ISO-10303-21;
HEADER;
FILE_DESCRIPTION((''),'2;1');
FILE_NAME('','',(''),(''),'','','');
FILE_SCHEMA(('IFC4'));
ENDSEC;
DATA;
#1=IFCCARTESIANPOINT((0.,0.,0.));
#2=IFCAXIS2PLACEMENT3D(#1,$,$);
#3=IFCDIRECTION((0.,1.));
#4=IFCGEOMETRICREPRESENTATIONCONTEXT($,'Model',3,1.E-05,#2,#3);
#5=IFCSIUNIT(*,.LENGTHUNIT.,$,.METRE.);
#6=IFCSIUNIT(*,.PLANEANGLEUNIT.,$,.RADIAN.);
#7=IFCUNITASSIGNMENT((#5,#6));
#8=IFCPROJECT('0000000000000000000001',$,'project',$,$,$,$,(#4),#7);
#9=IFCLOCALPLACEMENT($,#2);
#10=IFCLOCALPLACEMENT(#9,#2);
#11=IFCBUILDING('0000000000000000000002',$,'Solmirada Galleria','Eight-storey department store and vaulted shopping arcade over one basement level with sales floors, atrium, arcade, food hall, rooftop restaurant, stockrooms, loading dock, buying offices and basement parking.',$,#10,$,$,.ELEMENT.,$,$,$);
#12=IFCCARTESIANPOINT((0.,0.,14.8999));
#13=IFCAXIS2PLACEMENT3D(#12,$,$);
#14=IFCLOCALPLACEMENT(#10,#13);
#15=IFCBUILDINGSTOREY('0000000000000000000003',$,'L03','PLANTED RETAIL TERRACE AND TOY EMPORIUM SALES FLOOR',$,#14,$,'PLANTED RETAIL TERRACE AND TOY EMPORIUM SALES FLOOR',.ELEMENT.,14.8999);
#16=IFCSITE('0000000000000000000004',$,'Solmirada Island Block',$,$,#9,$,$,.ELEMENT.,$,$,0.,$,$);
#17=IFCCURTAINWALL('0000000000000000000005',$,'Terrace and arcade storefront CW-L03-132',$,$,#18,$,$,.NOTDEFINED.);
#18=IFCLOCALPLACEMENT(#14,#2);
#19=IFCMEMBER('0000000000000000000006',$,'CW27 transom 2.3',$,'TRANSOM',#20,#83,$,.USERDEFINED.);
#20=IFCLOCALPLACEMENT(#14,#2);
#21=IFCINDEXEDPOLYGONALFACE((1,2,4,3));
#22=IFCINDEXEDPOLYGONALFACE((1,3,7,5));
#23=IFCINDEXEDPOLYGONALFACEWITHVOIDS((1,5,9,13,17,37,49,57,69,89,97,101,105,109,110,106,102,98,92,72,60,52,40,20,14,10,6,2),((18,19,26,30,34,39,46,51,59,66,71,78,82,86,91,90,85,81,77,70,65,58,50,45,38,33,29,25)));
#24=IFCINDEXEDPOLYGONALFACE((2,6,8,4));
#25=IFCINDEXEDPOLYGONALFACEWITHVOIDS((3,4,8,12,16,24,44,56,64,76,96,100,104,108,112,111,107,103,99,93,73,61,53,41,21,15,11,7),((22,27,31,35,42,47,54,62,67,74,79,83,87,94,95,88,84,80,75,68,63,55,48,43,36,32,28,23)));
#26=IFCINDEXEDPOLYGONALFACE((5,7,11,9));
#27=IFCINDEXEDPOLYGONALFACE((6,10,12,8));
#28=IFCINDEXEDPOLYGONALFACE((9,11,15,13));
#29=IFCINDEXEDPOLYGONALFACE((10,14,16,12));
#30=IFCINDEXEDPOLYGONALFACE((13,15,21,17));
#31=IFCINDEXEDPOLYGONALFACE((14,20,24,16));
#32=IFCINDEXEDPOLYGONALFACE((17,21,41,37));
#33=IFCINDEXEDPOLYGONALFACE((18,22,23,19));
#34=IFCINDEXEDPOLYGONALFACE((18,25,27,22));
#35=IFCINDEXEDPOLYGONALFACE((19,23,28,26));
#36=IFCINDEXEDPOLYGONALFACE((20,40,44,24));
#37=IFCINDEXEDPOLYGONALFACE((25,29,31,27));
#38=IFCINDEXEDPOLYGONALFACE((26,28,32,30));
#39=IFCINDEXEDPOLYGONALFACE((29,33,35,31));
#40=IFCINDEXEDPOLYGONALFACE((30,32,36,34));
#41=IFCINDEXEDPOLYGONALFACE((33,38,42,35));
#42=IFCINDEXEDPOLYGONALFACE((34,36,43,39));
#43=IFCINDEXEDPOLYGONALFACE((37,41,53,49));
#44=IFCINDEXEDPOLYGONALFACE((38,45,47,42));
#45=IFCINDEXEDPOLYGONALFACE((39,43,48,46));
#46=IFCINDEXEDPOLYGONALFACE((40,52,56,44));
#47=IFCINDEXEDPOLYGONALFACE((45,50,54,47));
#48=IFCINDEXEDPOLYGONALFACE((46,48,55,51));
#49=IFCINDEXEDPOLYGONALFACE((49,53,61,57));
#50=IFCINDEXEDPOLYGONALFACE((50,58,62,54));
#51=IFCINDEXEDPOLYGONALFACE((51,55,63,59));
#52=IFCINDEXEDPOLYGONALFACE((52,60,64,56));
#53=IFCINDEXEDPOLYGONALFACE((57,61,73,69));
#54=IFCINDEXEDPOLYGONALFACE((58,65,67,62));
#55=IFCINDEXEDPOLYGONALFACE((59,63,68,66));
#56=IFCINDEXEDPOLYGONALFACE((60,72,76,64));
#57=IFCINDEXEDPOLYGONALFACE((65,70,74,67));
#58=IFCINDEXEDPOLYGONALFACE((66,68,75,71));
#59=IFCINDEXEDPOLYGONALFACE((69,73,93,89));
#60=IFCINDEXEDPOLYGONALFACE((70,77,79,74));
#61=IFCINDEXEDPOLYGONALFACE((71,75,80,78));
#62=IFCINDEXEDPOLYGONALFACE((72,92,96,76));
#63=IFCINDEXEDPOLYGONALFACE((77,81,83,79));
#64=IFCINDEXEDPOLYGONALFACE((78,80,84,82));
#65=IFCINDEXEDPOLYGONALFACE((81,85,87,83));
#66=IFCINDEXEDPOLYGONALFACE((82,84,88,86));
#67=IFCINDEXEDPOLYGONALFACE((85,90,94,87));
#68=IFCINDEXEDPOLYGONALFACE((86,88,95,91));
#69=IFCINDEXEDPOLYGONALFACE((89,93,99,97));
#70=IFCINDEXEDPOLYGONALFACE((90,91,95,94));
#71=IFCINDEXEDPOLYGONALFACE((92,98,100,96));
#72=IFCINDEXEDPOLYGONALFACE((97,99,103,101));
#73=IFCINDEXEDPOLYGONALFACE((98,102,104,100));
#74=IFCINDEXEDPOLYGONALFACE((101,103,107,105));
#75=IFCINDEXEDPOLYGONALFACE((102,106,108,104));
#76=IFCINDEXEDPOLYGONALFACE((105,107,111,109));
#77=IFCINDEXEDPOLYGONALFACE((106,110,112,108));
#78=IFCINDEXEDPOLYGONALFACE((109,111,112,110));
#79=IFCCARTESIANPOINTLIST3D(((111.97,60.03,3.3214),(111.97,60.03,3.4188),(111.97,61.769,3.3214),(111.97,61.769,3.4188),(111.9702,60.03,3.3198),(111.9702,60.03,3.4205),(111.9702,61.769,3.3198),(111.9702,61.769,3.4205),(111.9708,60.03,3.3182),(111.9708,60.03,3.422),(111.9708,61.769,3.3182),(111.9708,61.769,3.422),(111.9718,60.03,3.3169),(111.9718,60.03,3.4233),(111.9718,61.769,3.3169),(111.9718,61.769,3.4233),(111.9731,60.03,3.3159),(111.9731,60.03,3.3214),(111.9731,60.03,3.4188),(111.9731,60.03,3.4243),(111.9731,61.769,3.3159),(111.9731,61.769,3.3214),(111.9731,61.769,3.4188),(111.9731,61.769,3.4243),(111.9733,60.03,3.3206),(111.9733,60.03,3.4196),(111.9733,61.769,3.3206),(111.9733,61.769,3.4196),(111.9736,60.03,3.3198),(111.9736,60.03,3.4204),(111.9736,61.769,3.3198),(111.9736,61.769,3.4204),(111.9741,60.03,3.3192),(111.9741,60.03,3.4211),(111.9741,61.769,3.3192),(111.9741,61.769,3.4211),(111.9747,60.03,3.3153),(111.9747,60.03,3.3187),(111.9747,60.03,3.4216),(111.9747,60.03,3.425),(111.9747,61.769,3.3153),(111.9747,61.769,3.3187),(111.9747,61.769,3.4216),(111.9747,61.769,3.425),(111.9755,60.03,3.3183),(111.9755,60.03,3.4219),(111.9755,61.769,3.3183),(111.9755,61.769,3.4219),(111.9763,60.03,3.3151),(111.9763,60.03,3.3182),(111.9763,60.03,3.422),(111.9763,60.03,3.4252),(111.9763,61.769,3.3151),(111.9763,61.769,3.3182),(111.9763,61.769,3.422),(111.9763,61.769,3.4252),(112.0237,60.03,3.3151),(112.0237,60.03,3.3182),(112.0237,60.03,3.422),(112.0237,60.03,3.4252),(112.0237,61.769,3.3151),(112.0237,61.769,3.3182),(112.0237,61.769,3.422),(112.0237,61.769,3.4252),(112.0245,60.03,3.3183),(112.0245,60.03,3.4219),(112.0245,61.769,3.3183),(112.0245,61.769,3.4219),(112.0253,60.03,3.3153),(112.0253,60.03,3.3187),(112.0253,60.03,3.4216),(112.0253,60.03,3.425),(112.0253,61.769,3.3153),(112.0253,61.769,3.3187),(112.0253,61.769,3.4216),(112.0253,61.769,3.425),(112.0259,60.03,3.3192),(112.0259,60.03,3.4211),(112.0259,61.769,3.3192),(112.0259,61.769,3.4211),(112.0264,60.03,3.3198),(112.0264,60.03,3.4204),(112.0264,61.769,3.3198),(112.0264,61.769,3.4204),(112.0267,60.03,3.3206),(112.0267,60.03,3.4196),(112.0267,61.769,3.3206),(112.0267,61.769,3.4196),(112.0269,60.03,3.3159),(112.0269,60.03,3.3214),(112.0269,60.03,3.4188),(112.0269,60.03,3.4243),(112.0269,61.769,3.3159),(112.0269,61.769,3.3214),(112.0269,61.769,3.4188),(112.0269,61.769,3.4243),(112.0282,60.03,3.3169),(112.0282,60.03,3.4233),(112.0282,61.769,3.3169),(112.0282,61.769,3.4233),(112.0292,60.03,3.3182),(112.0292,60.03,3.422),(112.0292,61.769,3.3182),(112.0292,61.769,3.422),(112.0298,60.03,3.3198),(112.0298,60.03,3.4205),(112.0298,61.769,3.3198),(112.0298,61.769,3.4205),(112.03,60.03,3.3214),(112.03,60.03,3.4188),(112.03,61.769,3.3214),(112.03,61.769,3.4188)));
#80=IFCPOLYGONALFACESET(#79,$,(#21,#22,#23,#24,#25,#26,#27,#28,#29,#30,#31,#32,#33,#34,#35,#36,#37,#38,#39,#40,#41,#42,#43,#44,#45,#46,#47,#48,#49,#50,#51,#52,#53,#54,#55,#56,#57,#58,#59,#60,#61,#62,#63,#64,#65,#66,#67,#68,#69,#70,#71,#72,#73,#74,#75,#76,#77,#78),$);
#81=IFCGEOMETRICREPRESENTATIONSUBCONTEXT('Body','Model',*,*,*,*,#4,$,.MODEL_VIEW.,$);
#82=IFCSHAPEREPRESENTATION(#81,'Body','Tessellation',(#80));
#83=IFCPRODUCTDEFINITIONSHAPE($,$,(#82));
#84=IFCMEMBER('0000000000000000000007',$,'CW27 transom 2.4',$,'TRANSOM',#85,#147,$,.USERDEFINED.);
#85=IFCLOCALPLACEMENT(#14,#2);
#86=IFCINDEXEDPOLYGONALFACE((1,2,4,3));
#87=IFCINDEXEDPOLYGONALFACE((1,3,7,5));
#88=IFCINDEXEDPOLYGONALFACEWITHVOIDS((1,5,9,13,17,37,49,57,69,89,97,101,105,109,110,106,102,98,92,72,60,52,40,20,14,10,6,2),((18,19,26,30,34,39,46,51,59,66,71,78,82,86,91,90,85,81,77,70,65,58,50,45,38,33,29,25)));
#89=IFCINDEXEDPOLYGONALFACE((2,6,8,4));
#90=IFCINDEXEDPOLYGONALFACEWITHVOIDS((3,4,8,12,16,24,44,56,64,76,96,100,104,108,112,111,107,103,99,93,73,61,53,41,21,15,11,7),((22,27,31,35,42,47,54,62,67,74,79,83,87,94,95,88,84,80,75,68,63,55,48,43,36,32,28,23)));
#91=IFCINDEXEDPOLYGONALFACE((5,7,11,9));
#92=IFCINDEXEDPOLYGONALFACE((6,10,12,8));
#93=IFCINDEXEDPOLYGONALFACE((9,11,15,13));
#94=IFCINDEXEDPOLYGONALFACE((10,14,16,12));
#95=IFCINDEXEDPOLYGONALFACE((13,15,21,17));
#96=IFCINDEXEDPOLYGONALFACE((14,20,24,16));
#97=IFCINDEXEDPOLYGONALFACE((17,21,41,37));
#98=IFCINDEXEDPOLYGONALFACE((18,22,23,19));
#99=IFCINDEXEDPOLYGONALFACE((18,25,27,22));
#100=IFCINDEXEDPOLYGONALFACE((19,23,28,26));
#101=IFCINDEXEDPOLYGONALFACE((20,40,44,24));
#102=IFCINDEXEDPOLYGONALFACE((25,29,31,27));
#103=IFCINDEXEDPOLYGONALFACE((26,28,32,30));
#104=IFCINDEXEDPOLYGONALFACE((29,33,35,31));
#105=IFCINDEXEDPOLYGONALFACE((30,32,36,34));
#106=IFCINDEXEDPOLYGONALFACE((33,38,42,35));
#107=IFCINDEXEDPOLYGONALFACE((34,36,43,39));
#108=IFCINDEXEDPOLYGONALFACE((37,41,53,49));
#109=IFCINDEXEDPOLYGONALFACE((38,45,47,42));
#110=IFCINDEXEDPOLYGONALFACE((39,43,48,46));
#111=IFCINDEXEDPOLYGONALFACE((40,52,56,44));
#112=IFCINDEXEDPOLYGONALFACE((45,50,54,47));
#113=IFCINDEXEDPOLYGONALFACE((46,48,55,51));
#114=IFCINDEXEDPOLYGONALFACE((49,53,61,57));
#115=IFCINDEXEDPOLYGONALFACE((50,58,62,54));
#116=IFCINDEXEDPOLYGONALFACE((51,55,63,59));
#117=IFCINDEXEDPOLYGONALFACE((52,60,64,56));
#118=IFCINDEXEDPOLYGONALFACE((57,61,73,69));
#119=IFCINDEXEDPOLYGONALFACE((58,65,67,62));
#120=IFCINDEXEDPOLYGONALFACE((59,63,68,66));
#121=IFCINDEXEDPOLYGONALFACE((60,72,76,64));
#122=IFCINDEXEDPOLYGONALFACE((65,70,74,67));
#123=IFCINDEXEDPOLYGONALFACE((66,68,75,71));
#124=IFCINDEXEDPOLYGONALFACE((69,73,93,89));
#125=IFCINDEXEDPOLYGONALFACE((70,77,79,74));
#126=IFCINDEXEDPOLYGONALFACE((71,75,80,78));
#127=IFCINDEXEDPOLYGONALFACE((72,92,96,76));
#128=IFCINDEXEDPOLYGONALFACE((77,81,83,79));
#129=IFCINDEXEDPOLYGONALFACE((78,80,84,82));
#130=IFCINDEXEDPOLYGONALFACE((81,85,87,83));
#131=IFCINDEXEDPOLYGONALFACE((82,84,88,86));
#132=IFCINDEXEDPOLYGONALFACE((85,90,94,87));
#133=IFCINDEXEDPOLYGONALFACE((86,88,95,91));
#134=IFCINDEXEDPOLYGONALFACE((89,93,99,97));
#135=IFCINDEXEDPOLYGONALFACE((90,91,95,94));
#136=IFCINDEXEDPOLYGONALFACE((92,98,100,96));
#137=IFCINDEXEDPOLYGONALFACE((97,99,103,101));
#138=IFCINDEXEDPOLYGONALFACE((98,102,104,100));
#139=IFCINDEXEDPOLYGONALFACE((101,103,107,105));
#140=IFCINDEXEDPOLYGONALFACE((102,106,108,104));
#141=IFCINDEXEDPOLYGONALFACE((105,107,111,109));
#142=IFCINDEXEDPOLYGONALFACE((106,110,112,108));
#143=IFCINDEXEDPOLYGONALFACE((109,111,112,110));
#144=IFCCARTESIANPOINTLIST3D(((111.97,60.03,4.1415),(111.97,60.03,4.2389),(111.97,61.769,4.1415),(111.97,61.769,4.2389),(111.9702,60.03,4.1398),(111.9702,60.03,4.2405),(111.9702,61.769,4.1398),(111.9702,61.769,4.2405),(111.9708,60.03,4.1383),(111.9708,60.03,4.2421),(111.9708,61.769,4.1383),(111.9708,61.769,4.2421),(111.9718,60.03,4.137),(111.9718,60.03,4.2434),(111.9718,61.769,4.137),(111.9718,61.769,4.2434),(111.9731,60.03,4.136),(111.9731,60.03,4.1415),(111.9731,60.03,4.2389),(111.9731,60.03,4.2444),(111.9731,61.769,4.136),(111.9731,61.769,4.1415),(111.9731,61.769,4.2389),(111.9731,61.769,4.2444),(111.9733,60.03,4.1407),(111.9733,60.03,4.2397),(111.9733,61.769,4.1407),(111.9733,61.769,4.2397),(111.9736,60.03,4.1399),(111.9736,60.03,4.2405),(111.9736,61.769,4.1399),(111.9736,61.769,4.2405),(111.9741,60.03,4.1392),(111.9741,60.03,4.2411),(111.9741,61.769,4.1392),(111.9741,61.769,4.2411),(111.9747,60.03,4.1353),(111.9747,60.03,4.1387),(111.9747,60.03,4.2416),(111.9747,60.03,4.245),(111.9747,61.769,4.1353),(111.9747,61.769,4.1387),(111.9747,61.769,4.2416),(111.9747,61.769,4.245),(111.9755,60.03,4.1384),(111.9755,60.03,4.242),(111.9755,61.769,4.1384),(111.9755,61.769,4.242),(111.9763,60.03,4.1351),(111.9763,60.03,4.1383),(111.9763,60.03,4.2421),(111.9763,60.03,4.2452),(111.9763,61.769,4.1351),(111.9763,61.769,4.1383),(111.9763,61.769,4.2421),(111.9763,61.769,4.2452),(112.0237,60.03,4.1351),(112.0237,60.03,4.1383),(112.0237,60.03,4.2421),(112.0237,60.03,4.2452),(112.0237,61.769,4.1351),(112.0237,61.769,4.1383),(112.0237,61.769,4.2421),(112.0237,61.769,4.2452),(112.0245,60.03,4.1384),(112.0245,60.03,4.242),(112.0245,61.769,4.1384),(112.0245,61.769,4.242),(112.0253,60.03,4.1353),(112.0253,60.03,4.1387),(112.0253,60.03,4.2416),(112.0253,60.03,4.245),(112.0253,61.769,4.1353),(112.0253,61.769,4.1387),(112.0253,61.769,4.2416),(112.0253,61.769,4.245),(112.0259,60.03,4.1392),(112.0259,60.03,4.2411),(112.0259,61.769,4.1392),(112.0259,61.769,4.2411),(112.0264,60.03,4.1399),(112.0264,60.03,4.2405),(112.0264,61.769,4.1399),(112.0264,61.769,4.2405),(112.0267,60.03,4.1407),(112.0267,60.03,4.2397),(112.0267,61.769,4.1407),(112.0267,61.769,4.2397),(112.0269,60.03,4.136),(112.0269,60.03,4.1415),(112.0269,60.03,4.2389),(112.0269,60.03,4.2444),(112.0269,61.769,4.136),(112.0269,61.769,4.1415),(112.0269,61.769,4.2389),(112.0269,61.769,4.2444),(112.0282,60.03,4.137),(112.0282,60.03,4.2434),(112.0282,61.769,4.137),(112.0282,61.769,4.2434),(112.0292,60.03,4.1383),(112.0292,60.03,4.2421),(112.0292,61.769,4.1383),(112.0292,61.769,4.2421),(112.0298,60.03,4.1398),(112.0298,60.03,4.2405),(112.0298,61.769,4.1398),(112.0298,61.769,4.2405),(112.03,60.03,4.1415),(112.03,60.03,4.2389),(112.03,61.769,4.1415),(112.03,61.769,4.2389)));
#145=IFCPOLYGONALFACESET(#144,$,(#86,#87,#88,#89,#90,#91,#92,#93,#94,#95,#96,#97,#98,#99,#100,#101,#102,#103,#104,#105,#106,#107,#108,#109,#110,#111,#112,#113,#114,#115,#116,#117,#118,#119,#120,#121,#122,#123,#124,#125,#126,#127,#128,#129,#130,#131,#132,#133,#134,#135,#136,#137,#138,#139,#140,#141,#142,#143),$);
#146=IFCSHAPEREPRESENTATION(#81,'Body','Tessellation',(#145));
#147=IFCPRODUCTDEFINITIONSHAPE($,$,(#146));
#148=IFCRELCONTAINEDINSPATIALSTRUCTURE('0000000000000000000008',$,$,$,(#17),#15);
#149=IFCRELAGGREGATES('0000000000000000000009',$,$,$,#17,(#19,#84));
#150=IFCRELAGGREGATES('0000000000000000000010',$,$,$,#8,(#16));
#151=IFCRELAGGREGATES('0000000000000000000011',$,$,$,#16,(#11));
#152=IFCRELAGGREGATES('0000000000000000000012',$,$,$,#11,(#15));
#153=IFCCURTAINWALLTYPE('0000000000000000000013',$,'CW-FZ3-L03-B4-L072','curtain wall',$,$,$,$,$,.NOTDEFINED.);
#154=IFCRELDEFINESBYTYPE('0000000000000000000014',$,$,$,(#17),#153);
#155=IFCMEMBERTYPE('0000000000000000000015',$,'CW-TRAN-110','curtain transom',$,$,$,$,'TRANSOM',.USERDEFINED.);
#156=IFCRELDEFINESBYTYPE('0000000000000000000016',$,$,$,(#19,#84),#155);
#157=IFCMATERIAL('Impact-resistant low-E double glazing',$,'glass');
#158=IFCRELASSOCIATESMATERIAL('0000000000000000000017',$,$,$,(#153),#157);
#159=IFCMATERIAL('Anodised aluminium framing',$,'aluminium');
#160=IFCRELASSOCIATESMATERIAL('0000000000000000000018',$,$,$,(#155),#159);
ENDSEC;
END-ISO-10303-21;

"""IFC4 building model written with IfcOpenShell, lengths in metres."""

from ifc_helpers import new_model, si_unit, direction, frame, origin, origin_2d, place, context, subcontext, project, spatial, hollow_rectangle, extrude, material, material_profile, profile_set, type_object, element, aggregate, save


model = new_model("IFC4")

# Units and contexts
model_context = context("Model", 3, precision=1e-05, world=origin(), true_north=direction((0.0, 1.0)))
body_context = subcontext(model_context, "Body", "Model", "MODEL_VIEW")
ifc_project = project(units=[si_unit("LENGTHUNIT", "METRE"), si_unit("PLANEANGLEUNIT", "RADIAN")], contexts=[model_context])

# Site, building, storey
site_placement = place(None, origin())
site = spatial("IfcSite", under=ifc_project, at=site_placement, Name="Solmirada Island Block", CompositionType="ELEMENT", RefElevation=0.0)
building_placement = place(site_placement, origin())
building = spatial("IfcBuilding", under=site, at=building_placement, Name="Solmirada Galleria", Description="Eight-storey department store and vaulted shopping arcade over one basement level with sales floors, atrium, arcade, food hall, rooftop restaurant, stockrooms, loading dock, buying offices and basement parking.", CompositionType="ELEMENT")
storey_placement = place(building_placement, frame((0.0, 0.0, 14.8999)))
storey = spatial("IfcBuildingStorey", under=building, at=storey_placement, Name="L03", Description="PLANTED RETAIL TERRACE AND TOY EMPORIUM SALES FLOOR", LongName="PLANTED RETAIL TERRACE AND TOY EMPORIUM SALES FLOOR", CompositionType="ELEMENT", Elevation=14.8999)

# Curtain wall, members
ifc_material_1 = material(Name="Impact-resistant low-E double glazing", Category="glass")
curtain_wall_type = type_object("IfcCurtainWallType", Name="CW-FZ3-L03-B4-L072", Description="curtain wall", PredefinedType="NOTDEFINED", material=ifc_material_1)
curtain_wall_placement = place(storey_placement, origin())
curtain_wall = element("IfcCurtainWall", 1, at=curtain_wall_placement, inside=storey, type_object=curtain_wall_type, Name="Terrace and arcade storefront CW-L03-132", PredefinedType="NOTDEFINED")
ifc_material_2 = material(Name="Anodised aluminium framing", Category="aluminium")
ifc_material_profile_1 = material_profile(ifc_material_2, hollow_rectangle(XDim=0.0601, YDim=0.1101, WallThickness=0.0032, InnerFilletRadius=0.0032, OuterFilletRadius=0.0063, at=origin_2d()), Name="ALU-TRAN-110X60")
ifc_profile_set_1 = profile_set([ifc_material_profile_1], Name="Anodised aluminium framing")
member_type_1 = type_object("IfcMemberType", Name="CW-TRAN-110", Description="curtain transom", ElementType="TRANSOM", PredefinedType="USERDEFINED", material=ifc_profile_set_1)
member_1_placement = place(storey_placement, frame((112.0, 61.769, 3.3701), z_axis=(0.0, -1.0, 0.0), x_axis=(1.0, 0.0, 0.0)))
member_1 = element("IfcMember", 2, at=member_1_placement, type_object=member_type_1, Name="CW27 transom 2.3", ObjectType="TRANSOM", PredefinedType="USERDEFINED", context=body_context, shape_type="SweptSolid", body=[
    extrude(hollow_rectangle(XDim=0.0601, YDim=0.1101, WallThickness=0.0032, InnerFilletRadius=0.0032, OuterFilletRadius=0.0063, at=origin_2d()), origin(), (0.0, 0.0, 1.0), 1.739),
])
member_2_placement = place(storey_placement, frame((112.0, 61.769, 4.1902), z_axis=(0.0, -1.0, 0.0), x_axis=(1.0, 0.0, 0.0)))
member_2 = element("IfcMember", 3, at=member_2_placement, type_object=member_type_1, Name="CW27 transom 2.4", ObjectType="TRANSOM", PredefinedType="USERDEFINED", context=body_context, shape_type="SweptSolid", body=[
    extrude(hollow_rectangle(XDim=0.0601, YDim=0.1101, WallThickness=0.0032, InnerFilletRadius=0.0032, OuterFilletRadius=0.0063, at=origin_2d()), origin(), (0.0, 0.0, 1.0), 1.739),
])
aggregate(curtain_wall, [member_1, member_2])

save(model, "model.ifc")
